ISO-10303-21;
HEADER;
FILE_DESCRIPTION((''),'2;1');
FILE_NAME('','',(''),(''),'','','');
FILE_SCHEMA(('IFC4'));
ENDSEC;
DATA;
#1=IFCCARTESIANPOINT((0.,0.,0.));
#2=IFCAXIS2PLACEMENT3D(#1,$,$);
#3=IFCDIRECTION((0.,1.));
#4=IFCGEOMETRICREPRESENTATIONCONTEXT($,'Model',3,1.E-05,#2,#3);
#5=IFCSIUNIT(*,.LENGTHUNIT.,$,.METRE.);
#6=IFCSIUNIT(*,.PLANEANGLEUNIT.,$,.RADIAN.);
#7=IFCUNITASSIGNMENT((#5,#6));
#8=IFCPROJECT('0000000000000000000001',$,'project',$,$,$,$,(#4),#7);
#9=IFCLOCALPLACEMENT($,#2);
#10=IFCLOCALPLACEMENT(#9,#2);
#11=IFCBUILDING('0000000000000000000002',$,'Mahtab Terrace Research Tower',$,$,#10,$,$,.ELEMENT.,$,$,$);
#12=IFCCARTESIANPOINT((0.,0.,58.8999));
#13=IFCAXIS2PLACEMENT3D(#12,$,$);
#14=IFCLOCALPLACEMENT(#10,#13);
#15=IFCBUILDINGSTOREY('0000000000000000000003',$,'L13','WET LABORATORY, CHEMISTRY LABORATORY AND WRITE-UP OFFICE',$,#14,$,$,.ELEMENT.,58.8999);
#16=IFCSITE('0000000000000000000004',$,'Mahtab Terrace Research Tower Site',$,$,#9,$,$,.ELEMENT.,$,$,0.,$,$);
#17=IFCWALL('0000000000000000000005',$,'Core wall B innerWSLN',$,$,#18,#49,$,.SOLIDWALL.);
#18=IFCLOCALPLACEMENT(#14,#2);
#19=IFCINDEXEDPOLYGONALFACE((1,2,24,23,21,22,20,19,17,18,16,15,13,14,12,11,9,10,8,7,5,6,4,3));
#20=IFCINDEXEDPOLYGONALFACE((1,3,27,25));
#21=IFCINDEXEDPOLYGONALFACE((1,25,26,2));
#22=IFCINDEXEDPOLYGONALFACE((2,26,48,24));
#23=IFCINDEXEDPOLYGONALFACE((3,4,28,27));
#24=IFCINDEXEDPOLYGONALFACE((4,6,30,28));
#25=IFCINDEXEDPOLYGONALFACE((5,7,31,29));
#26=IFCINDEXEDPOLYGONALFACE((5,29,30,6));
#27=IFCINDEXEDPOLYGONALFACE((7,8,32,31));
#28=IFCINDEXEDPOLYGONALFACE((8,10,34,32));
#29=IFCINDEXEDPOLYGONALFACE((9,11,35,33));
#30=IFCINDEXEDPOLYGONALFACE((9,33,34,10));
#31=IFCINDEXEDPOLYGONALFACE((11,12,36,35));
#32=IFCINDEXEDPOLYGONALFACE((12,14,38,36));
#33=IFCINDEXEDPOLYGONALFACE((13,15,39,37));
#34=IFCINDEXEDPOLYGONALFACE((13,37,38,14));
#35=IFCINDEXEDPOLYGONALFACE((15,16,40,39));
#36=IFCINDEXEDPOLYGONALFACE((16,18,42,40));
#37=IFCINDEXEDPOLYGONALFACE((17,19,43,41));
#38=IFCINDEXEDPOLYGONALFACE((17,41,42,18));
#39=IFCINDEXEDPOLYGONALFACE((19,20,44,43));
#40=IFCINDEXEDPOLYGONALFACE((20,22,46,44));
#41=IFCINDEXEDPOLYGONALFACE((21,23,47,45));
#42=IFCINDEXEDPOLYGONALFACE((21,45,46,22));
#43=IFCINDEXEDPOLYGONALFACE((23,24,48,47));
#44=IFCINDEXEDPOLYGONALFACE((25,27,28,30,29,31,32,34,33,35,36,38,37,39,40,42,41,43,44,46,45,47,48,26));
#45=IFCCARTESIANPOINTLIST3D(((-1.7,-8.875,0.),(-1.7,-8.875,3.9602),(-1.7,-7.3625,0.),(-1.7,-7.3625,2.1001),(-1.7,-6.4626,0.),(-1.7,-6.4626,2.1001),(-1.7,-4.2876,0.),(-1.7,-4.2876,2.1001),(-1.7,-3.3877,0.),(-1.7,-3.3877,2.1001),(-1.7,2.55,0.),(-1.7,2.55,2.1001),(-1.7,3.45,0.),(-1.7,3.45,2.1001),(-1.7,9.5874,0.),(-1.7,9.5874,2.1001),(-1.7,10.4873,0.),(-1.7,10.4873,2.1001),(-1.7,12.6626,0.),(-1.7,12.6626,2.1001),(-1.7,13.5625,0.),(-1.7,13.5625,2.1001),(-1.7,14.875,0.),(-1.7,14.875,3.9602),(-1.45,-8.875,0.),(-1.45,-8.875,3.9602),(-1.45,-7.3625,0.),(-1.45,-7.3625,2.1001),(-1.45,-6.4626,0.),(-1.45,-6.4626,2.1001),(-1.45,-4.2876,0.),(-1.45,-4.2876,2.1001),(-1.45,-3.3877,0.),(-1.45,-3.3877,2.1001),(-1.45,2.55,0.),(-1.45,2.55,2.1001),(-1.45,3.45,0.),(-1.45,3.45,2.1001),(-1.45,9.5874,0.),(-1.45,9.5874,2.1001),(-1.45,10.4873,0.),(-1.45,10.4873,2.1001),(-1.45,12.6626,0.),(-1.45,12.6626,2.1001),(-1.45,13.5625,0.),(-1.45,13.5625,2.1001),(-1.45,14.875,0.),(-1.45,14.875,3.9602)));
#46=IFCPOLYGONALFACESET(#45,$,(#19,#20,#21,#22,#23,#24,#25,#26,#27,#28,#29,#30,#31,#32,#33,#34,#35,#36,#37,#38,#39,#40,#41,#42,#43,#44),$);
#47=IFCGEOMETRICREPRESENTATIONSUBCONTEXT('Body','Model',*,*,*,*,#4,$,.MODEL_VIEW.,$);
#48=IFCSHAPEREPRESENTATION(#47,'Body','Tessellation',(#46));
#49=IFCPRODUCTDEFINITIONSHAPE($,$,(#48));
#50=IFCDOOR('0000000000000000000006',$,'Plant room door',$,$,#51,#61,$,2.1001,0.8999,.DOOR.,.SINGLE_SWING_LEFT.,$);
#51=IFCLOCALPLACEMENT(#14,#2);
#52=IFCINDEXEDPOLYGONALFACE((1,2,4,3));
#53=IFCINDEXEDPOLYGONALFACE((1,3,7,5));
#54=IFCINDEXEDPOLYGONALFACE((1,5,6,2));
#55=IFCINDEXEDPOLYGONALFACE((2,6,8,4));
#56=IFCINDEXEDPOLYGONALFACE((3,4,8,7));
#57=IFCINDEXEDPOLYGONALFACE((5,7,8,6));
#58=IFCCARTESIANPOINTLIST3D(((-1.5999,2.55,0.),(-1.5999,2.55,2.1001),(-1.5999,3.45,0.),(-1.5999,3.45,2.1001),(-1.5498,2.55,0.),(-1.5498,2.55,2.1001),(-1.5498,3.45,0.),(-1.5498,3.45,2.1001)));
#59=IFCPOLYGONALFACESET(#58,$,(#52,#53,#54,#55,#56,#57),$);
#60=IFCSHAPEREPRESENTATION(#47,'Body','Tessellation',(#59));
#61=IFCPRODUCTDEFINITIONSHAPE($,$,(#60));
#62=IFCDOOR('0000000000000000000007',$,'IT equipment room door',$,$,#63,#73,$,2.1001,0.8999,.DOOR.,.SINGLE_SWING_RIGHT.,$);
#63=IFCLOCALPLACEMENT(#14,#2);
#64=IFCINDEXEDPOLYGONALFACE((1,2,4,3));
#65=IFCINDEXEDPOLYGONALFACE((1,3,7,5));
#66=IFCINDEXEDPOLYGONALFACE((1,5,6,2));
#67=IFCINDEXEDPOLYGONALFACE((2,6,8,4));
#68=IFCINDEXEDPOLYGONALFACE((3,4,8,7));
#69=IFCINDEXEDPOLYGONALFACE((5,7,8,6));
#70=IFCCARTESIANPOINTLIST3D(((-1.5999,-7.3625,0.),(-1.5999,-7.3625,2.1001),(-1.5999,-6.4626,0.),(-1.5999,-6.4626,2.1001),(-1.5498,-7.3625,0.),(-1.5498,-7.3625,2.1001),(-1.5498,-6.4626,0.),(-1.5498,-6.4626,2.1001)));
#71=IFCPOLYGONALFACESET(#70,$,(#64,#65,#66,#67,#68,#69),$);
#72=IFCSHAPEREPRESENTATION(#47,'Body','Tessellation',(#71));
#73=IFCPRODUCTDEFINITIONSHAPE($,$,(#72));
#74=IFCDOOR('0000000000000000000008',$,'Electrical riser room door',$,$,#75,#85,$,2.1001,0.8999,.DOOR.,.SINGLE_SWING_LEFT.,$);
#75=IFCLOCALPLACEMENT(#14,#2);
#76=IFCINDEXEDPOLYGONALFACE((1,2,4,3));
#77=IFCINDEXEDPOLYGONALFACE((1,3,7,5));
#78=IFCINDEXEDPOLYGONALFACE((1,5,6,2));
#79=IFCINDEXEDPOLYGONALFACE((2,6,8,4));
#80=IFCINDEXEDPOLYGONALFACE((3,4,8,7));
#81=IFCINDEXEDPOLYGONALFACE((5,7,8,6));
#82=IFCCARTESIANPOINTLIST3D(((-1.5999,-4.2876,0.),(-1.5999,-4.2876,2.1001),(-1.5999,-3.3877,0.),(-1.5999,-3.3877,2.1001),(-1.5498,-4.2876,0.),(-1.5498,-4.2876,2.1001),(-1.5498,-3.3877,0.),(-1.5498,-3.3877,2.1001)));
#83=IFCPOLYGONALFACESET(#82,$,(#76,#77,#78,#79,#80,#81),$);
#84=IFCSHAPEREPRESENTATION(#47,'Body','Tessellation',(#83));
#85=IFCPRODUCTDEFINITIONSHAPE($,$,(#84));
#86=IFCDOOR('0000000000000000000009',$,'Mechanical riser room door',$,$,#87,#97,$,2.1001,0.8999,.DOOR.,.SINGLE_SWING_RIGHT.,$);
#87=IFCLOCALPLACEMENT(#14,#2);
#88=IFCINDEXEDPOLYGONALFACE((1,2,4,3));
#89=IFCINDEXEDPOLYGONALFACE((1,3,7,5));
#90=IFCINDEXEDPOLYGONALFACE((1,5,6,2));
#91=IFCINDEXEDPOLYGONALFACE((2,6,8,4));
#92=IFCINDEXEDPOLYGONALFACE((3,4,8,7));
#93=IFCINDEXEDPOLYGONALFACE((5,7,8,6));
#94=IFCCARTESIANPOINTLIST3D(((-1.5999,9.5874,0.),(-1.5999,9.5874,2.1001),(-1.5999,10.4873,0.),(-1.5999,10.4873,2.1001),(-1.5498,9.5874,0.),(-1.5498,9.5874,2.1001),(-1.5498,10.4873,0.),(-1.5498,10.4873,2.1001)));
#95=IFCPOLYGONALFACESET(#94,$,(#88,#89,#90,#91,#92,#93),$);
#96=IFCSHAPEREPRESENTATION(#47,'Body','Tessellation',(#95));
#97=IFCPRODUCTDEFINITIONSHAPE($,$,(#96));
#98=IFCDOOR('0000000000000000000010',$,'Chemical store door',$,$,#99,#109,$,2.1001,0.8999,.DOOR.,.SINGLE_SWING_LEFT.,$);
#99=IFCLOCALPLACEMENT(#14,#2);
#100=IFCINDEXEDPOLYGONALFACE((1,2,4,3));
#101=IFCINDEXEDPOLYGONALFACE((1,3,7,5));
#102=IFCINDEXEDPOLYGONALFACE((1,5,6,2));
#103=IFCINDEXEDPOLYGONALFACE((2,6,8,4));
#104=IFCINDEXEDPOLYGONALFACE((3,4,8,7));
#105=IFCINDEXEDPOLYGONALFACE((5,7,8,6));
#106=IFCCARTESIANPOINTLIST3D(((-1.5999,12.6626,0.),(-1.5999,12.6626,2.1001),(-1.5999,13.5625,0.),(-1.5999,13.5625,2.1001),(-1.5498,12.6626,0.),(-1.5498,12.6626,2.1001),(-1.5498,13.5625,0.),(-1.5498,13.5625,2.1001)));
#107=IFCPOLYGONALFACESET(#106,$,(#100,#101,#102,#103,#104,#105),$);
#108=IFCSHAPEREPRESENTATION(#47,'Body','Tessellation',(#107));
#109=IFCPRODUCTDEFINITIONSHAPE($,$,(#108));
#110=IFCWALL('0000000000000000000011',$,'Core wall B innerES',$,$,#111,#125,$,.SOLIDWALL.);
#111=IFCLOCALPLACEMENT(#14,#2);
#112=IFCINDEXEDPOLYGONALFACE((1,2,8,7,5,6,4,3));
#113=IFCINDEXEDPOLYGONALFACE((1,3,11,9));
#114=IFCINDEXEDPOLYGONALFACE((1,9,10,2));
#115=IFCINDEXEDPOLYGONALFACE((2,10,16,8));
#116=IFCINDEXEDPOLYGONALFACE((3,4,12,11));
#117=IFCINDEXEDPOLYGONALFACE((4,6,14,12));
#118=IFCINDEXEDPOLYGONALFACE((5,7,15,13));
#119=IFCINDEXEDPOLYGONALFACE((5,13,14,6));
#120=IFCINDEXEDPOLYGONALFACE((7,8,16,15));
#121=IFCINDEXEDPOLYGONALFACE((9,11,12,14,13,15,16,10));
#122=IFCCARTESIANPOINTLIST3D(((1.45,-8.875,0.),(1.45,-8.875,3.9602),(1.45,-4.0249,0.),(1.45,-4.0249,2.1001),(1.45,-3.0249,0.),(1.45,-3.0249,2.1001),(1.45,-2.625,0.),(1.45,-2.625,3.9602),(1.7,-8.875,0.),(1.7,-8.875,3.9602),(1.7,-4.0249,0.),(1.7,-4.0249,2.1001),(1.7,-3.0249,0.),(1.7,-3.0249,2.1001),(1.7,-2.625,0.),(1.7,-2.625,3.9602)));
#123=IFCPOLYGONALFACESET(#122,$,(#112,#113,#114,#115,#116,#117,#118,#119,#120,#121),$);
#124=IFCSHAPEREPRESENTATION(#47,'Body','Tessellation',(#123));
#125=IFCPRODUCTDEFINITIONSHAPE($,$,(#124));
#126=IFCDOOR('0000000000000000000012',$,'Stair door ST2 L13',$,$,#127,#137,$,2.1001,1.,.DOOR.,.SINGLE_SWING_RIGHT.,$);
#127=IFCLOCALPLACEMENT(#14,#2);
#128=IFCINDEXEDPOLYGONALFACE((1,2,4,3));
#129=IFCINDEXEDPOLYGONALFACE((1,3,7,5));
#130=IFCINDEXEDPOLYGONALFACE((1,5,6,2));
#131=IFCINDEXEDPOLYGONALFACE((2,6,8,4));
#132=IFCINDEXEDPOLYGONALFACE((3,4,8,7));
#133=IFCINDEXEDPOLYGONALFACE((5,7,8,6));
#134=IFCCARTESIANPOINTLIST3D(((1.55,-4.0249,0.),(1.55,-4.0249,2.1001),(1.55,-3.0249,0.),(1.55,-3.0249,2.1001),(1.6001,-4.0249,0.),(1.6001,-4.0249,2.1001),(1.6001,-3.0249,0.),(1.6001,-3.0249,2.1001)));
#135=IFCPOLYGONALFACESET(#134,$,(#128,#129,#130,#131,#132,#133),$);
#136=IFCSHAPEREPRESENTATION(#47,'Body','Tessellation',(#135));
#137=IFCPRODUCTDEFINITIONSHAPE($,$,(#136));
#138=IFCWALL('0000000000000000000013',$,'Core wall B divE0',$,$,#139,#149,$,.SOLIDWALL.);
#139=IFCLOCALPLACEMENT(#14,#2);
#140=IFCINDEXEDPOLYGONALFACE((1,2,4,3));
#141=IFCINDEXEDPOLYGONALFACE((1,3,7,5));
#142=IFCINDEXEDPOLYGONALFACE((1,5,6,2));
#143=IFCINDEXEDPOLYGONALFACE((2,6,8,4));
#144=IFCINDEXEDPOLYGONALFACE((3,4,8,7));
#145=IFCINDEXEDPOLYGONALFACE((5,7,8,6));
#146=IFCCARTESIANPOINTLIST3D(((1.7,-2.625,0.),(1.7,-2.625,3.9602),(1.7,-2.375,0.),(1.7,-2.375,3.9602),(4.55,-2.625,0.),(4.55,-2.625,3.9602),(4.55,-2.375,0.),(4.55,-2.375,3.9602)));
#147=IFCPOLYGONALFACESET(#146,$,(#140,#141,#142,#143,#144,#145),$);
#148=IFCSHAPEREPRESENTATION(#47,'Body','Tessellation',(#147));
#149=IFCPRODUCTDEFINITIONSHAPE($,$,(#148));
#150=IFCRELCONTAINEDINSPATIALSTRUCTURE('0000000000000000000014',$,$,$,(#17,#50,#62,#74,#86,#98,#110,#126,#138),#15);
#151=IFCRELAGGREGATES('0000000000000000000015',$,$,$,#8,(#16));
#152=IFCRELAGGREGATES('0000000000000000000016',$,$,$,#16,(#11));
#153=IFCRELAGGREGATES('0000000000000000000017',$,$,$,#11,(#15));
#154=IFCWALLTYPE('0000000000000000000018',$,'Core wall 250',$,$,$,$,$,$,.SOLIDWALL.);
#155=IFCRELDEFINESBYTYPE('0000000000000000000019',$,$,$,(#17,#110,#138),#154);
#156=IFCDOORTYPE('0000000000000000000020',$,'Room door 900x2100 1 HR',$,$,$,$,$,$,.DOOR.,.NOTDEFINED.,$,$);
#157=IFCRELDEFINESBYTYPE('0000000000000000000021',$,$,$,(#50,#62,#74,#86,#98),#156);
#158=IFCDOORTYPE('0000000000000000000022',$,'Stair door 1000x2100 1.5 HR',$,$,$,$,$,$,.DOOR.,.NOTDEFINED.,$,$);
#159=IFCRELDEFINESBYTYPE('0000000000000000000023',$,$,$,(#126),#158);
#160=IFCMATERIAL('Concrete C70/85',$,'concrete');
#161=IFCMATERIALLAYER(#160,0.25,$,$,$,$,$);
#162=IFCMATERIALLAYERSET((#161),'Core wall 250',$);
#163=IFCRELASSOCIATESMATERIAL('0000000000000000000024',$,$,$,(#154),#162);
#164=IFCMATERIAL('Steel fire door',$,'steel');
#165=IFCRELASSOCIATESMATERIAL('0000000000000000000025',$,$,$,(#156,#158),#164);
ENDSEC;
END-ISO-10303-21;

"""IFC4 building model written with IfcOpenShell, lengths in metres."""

from ifc_helpers import new_model, si_unit, direction, frame, frame_2d, origin, place, context, subcontext, project, spatial, rectangle, extrude, material, layer, layer_set, type_object, element, fill, save


model = new_model("IFC4")

# Units and contexts
model_context = context("Model", 3, precision=1e-05, world=origin(), true_north=direction((0.0, 1.0)))
body_context = subcontext(model_context, "Body", "Model", "MODEL_VIEW")
ifc_project = project(units=[si_unit("LENGTHUNIT", "METRE"), si_unit("PLANEANGLEUNIT", "RADIAN")], contexts=[model_context])

# Site, building, storey
site_placement = place(None, origin())
site = spatial("IfcSite", under=ifc_project, at=site_placement, Name="Mahtab Terrace Research Tower Site", CompositionType="ELEMENT", RefElevation=0.0)
building_placement = place(site_placement, origin())
building = spatial("IfcBuilding", under=site, at=building_placement, Name="Mahtab Terrace Research Tower", CompositionType="ELEMENT")
storey_placement = place(building_placement, frame((0.0, 0.0, 58.8999)))
storey = spatial("IfcBuildingStorey", under=building, at=storey_placement, Name="L13", Description="WET LABORATORY, CHEMISTRY LABORATORY AND WRITE-UP OFFICE", CompositionType="ELEMENT", Elevation=58.8999)

# Shared definitions
ifc_material_1 = material(Name="Concrete C70/85", Category="concrete")
ifc_layer_1 = layer(ifc_material_1, 0.25)
ifc_layer_set_1 = layer_set([ifc_layer_1], Name="Core wall 250")
wall_type_1 = type_object("IfcWallType", Name="Core wall 250", PredefinedType="SOLIDWALL", material=ifc_layer_set_1)
ifc_material_2 = material(Name="Steel fire door", Category="steel")

# Wall, openings, doors
wall_1_placement = place(storey_placement, frame((-1.575, -8.875, 0.0), z_axis=(0.0, 0.0, 1.0), x_axis=(0.0, 1.0, 0.0)))
wall_1 = element("IfcWall", 1, at=wall_1_placement, inside=storey, type_object=wall_type_1, Name="Core wall B innerWSLN", PredefinedType="SOLIDWALL", context=body_context, shape_type="SweptSolid", body=[
    extrude(rectangle(XDim=23.75, YDim=0.25, at=frame_2d((11.875, 0.0))), origin(), (0.0, 0.0, 1.0), 3.9602),
])
opening_1_placement = place(wall_1_placement, frame((11.425, 0.0, 0.0)))
opening_1 = element("IfcOpeningElement", 2, at=opening_1_placement, cuts=wall_1, PredefinedType="OPENING", context=body_context, shape_type="SweptSolid", body=[
    extrude(rectangle(XDim=0.8999, YDim=2.1001, at=frame_2d((0.45, 1.05))), frame((0.0, 0.135, 0.0), z_axis=(0.0, -1.0, 0.0), x_axis=(1.0, 0.0, 0.0)), (0.0, 0.0, 1.0), 0.27),
])
opening_2_placement = place(wall_1_placement, frame((1.5125, 0.0, 0.0)))
opening_2 = element("IfcOpeningElement", 3, at=opening_2_placement, cuts=wall_1, PredefinedType="OPENING", context=body_context, shape_type="SweptSolid", body=[
    extrude(rectangle(XDim=0.8999, YDim=2.1001, at=frame_2d((0.45, 1.05))), frame((0.0, 0.135, 0.0), z_axis=(0.0, -1.0, 0.0), x_axis=(1.0, 0.0, 0.0)), (0.0, 0.0, 1.0), 0.27),
])
opening_3_placement = place(wall_1_placement, frame((4.5874, 0.0, 0.0)))
opening_3 = element("IfcOpeningElement", 4, at=opening_3_placement, cuts=wall_1, PredefinedType="OPENING", context=body_context, shape_type="SweptSolid", body=[
    extrude(rectangle(XDim=0.8999, YDim=2.1001, at=frame_2d((0.45, 1.05))), frame((0.0, 0.135, 0.0), z_axis=(0.0, -1.0, 0.0), x_axis=(1.0, 0.0, 0.0)), (0.0, 0.0, 1.0), 0.27),
])
opening_4_placement = place(wall_1_placement, frame((18.4624, 0.0, 0.0)))
opening_4 = element("IfcOpeningElement", 5, at=opening_4_placement, cuts=wall_1, PredefinedType="OPENING", context=body_context, shape_type="SweptSolid", body=[
    extrude(rectangle(XDim=0.8999, YDim=2.1001, at=frame_2d((0.45, 1.05))), frame((0.0, 0.135, 0.0), z_axis=(0.0, -1.0, 0.0), x_axis=(1.0, 0.0, 0.0)), (0.0, 0.0, 1.0), 0.27),
])
opening_5_placement = place(wall_1_placement, frame((21.5376, 0.0, 0.0)))
opening_5 = element("IfcOpeningElement", 6, at=opening_5_placement, cuts=wall_1, PredefinedType="OPENING", context=body_context, shape_type="SweptSolid", body=[
    extrude(rectangle(XDim=0.8999, YDim=2.1001, at=frame_2d((0.45, 1.05))), frame((0.0, 0.135, 0.0), z_axis=(0.0, -1.0, 0.0), x_axis=(1.0, 0.0, 0.0)), (0.0, 0.0, 1.0), 0.27),
])
door_type_1 = type_object("IfcDoorType", Name="Room door 900x2100 1 HR", OperationType="NOTDEFINED", PredefinedType="DOOR", material=ifc_material_2)
door_1_placement = place(opening_1_placement, origin())
door_1 = element("IfcDoor", 7, at=door_1_placement, inside=storey, type_object=door_type_1, Name="Plant room door", OperationType="SINGLE_SWING_LEFT", OverallHeight=2.1001, OverallWidth=0.8999, PredefinedType="DOOR", context=body_context, shape_type="SweptSolid", body=[
    extrude(rectangle(XDim=0.8999, YDim=2.1001, at=frame_2d((0.45, 1.05))), frame((0.0, 0.0249, 0.0), z_axis=(0.0, -1.0, 0.0), x_axis=(1.0, 0.0, 0.0)), (0.0, 0.0, 1.0), 0.05),
])
fill(opening_1, door_1)
door_2_placement = place(opening_2_placement, origin())
door_2 = element("IfcDoor", 8, at=door_2_placement, inside=storey, type_object=door_type_1, Name="IT equipment room door", OperationType="SINGLE_SWING_RIGHT", OverallHeight=2.1001, OverallWidth=0.8999, PredefinedType="DOOR", context=body_context, shape_type="SweptSolid", body=[
    extrude(rectangle(XDim=0.8999, YDim=2.1001, at=frame_2d((0.45, 1.05))), frame((0.0, 0.0249, 0.0), z_axis=(0.0, -1.0, 0.0), x_axis=(1.0, 0.0, 0.0)), (0.0, 0.0, 1.0), 0.05),
])
fill(opening_2, door_2)
door_3_placement = place(opening_3_placement, origin())
door_3 = element("IfcDoor", 9, at=door_3_placement, inside=storey, type_object=door_type_1, Name="Electrical riser room door", OperationType="SINGLE_SWING_LEFT", OverallHeight=2.1001, OverallWidth=0.8999, PredefinedType="DOOR", context=body_context, shape_type="SweptSolid", body=[
    extrude(rectangle(XDim=0.8999, YDim=2.1001, at=frame_2d((0.45, 1.05))), frame((0.0, 0.0249, 0.0), z_axis=(0.0, -1.0, 0.0), x_axis=(1.0, 0.0, 0.0)), (0.0, 0.0, 1.0), 0.05),
])
fill(opening_3, door_3)
door_4_placement = place(opening_4_placement, origin())
door_4 = element("IfcDoor", 10, at=door_4_placement, inside=storey, type_object=door_type_1, Name="Mechanical riser room door", OperationType="SINGLE_SWING_RIGHT", OverallHeight=2.1001, OverallWidth=0.8999, PredefinedType="DOOR", context=body_context, shape_type="SweptSolid", body=[
    extrude(rectangle(XDim=0.8999, YDim=2.1001, at=frame_2d((0.45, 1.05))), frame((0.0, 0.0249, 0.0), z_axis=(0.0, -1.0, 0.0), x_axis=(1.0, 0.0, 0.0)), (0.0, 0.0, 1.0), 0.05),
])
fill(opening_4, door_4)
door_5_placement = place(opening_5_placement, origin())
door_5 = element("IfcDoor", 11, at=door_5_placement, inside=storey, type_object=door_type_1, Name="Chemical store door", OperationType="SINGLE_SWING_LEFT", OverallHeight=2.1001, OverallWidth=0.8999, PredefinedType="DOOR", context=body_context, shape_type="SweptSolid", body=[
    extrude(rectangle(XDim=0.8999, YDim=2.1001, at=frame_2d((0.45, 1.05))), frame((0.0, 0.0249, 0.0), z_axis=(0.0, -1.0, 0.0), x_axis=(1.0, 0.0, 0.0)), (0.0, 0.0, 1.0), 0.05),
])
fill(opening_5, door_5)

# Wall, opening, door
wall_2_placement = place(storey_placement, frame((1.575, -8.875, 0.0), z_axis=(0.0, 0.0, 1.0), x_axis=(0.0, 1.0, 0.0)))
wall_2 = element("IfcWall", 12, at=wall_2_placement, inside=storey, type_object=wall_type_1, Name="Core wall B innerES", PredefinedType="SOLIDWALL", context=body_context, shape_type="SweptSolid", body=[
    extrude(rectangle(XDim=6.25, YDim=0.25, at=frame_2d((3.125, 0.0))), origin(), (0.0, 0.0, 1.0), 3.9602),
])
opening_6_placement = place(wall_2_placement, frame((4.8501, 0.0, 0.0)))
opening_6 = element("IfcOpeningElement", 13, at=opening_6_placement, cuts=wall_2, PredefinedType="OPENING", context=body_context, shape_type="SweptSolid", body=[
    extrude(rectangle(XDim=1.0, YDim=2.1001, at=frame_2d((0.5, 1.05))), frame((0.0, 0.135, 0.0), z_axis=(0.0, -1.0, 0.0), x_axis=(1.0, 0.0, 0.0)), (0.0, 0.0, 1.0), 0.27),
])
door_type_2 = type_object("IfcDoorType", Name="Stair door 1000x2100 1.5 HR", OperationType="NOTDEFINED", PredefinedType="DOOR", material=ifc_material_2)
door_6_placement = place(opening_6_placement, origin())
door_6 = element("IfcDoor", 14, at=door_6_placement, inside=storey, type_object=door_type_2, Name="Stair door ST2 L13", OperationType="SINGLE_SWING_RIGHT", OverallHeight=2.1001, OverallWidth=1.0, PredefinedType="DOOR", context=body_context, shape_type="SweptSolid", body=[
    extrude(rectangle(XDim=1.0, YDim=2.1001, at=frame_2d((0.5, 1.05))), frame((0.0, 0.0249, 0.0), z_axis=(0.0, -1.0, 0.0), x_axis=(1.0, 0.0, 0.0)), (0.0, 0.0, 1.0), 0.05),
])
fill(opening_6, door_6)

# Wall
wall_3_placement = place(storey_placement, frame((1.7, -2.5, 0.0), z_axis=(0.0, 0.0, 1.0), x_axis=(1.0, 0.0, 0.0)))
element("IfcWall", 15, at=wall_3_placement, inside=storey, type_object=wall_type_1, Name="Core wall B divE0", PredefinedType="SOLIDWALL", context=body_context, shape_type="SweptSolid", body=[
    extrude(rectangle(XDim=2.8501, YDim=0.25, at=frame_2d((1.425, 0.0))), origin(), (0.0, 0.0, 1.0), 3.9602),
])

save(model, "model.ifc")
